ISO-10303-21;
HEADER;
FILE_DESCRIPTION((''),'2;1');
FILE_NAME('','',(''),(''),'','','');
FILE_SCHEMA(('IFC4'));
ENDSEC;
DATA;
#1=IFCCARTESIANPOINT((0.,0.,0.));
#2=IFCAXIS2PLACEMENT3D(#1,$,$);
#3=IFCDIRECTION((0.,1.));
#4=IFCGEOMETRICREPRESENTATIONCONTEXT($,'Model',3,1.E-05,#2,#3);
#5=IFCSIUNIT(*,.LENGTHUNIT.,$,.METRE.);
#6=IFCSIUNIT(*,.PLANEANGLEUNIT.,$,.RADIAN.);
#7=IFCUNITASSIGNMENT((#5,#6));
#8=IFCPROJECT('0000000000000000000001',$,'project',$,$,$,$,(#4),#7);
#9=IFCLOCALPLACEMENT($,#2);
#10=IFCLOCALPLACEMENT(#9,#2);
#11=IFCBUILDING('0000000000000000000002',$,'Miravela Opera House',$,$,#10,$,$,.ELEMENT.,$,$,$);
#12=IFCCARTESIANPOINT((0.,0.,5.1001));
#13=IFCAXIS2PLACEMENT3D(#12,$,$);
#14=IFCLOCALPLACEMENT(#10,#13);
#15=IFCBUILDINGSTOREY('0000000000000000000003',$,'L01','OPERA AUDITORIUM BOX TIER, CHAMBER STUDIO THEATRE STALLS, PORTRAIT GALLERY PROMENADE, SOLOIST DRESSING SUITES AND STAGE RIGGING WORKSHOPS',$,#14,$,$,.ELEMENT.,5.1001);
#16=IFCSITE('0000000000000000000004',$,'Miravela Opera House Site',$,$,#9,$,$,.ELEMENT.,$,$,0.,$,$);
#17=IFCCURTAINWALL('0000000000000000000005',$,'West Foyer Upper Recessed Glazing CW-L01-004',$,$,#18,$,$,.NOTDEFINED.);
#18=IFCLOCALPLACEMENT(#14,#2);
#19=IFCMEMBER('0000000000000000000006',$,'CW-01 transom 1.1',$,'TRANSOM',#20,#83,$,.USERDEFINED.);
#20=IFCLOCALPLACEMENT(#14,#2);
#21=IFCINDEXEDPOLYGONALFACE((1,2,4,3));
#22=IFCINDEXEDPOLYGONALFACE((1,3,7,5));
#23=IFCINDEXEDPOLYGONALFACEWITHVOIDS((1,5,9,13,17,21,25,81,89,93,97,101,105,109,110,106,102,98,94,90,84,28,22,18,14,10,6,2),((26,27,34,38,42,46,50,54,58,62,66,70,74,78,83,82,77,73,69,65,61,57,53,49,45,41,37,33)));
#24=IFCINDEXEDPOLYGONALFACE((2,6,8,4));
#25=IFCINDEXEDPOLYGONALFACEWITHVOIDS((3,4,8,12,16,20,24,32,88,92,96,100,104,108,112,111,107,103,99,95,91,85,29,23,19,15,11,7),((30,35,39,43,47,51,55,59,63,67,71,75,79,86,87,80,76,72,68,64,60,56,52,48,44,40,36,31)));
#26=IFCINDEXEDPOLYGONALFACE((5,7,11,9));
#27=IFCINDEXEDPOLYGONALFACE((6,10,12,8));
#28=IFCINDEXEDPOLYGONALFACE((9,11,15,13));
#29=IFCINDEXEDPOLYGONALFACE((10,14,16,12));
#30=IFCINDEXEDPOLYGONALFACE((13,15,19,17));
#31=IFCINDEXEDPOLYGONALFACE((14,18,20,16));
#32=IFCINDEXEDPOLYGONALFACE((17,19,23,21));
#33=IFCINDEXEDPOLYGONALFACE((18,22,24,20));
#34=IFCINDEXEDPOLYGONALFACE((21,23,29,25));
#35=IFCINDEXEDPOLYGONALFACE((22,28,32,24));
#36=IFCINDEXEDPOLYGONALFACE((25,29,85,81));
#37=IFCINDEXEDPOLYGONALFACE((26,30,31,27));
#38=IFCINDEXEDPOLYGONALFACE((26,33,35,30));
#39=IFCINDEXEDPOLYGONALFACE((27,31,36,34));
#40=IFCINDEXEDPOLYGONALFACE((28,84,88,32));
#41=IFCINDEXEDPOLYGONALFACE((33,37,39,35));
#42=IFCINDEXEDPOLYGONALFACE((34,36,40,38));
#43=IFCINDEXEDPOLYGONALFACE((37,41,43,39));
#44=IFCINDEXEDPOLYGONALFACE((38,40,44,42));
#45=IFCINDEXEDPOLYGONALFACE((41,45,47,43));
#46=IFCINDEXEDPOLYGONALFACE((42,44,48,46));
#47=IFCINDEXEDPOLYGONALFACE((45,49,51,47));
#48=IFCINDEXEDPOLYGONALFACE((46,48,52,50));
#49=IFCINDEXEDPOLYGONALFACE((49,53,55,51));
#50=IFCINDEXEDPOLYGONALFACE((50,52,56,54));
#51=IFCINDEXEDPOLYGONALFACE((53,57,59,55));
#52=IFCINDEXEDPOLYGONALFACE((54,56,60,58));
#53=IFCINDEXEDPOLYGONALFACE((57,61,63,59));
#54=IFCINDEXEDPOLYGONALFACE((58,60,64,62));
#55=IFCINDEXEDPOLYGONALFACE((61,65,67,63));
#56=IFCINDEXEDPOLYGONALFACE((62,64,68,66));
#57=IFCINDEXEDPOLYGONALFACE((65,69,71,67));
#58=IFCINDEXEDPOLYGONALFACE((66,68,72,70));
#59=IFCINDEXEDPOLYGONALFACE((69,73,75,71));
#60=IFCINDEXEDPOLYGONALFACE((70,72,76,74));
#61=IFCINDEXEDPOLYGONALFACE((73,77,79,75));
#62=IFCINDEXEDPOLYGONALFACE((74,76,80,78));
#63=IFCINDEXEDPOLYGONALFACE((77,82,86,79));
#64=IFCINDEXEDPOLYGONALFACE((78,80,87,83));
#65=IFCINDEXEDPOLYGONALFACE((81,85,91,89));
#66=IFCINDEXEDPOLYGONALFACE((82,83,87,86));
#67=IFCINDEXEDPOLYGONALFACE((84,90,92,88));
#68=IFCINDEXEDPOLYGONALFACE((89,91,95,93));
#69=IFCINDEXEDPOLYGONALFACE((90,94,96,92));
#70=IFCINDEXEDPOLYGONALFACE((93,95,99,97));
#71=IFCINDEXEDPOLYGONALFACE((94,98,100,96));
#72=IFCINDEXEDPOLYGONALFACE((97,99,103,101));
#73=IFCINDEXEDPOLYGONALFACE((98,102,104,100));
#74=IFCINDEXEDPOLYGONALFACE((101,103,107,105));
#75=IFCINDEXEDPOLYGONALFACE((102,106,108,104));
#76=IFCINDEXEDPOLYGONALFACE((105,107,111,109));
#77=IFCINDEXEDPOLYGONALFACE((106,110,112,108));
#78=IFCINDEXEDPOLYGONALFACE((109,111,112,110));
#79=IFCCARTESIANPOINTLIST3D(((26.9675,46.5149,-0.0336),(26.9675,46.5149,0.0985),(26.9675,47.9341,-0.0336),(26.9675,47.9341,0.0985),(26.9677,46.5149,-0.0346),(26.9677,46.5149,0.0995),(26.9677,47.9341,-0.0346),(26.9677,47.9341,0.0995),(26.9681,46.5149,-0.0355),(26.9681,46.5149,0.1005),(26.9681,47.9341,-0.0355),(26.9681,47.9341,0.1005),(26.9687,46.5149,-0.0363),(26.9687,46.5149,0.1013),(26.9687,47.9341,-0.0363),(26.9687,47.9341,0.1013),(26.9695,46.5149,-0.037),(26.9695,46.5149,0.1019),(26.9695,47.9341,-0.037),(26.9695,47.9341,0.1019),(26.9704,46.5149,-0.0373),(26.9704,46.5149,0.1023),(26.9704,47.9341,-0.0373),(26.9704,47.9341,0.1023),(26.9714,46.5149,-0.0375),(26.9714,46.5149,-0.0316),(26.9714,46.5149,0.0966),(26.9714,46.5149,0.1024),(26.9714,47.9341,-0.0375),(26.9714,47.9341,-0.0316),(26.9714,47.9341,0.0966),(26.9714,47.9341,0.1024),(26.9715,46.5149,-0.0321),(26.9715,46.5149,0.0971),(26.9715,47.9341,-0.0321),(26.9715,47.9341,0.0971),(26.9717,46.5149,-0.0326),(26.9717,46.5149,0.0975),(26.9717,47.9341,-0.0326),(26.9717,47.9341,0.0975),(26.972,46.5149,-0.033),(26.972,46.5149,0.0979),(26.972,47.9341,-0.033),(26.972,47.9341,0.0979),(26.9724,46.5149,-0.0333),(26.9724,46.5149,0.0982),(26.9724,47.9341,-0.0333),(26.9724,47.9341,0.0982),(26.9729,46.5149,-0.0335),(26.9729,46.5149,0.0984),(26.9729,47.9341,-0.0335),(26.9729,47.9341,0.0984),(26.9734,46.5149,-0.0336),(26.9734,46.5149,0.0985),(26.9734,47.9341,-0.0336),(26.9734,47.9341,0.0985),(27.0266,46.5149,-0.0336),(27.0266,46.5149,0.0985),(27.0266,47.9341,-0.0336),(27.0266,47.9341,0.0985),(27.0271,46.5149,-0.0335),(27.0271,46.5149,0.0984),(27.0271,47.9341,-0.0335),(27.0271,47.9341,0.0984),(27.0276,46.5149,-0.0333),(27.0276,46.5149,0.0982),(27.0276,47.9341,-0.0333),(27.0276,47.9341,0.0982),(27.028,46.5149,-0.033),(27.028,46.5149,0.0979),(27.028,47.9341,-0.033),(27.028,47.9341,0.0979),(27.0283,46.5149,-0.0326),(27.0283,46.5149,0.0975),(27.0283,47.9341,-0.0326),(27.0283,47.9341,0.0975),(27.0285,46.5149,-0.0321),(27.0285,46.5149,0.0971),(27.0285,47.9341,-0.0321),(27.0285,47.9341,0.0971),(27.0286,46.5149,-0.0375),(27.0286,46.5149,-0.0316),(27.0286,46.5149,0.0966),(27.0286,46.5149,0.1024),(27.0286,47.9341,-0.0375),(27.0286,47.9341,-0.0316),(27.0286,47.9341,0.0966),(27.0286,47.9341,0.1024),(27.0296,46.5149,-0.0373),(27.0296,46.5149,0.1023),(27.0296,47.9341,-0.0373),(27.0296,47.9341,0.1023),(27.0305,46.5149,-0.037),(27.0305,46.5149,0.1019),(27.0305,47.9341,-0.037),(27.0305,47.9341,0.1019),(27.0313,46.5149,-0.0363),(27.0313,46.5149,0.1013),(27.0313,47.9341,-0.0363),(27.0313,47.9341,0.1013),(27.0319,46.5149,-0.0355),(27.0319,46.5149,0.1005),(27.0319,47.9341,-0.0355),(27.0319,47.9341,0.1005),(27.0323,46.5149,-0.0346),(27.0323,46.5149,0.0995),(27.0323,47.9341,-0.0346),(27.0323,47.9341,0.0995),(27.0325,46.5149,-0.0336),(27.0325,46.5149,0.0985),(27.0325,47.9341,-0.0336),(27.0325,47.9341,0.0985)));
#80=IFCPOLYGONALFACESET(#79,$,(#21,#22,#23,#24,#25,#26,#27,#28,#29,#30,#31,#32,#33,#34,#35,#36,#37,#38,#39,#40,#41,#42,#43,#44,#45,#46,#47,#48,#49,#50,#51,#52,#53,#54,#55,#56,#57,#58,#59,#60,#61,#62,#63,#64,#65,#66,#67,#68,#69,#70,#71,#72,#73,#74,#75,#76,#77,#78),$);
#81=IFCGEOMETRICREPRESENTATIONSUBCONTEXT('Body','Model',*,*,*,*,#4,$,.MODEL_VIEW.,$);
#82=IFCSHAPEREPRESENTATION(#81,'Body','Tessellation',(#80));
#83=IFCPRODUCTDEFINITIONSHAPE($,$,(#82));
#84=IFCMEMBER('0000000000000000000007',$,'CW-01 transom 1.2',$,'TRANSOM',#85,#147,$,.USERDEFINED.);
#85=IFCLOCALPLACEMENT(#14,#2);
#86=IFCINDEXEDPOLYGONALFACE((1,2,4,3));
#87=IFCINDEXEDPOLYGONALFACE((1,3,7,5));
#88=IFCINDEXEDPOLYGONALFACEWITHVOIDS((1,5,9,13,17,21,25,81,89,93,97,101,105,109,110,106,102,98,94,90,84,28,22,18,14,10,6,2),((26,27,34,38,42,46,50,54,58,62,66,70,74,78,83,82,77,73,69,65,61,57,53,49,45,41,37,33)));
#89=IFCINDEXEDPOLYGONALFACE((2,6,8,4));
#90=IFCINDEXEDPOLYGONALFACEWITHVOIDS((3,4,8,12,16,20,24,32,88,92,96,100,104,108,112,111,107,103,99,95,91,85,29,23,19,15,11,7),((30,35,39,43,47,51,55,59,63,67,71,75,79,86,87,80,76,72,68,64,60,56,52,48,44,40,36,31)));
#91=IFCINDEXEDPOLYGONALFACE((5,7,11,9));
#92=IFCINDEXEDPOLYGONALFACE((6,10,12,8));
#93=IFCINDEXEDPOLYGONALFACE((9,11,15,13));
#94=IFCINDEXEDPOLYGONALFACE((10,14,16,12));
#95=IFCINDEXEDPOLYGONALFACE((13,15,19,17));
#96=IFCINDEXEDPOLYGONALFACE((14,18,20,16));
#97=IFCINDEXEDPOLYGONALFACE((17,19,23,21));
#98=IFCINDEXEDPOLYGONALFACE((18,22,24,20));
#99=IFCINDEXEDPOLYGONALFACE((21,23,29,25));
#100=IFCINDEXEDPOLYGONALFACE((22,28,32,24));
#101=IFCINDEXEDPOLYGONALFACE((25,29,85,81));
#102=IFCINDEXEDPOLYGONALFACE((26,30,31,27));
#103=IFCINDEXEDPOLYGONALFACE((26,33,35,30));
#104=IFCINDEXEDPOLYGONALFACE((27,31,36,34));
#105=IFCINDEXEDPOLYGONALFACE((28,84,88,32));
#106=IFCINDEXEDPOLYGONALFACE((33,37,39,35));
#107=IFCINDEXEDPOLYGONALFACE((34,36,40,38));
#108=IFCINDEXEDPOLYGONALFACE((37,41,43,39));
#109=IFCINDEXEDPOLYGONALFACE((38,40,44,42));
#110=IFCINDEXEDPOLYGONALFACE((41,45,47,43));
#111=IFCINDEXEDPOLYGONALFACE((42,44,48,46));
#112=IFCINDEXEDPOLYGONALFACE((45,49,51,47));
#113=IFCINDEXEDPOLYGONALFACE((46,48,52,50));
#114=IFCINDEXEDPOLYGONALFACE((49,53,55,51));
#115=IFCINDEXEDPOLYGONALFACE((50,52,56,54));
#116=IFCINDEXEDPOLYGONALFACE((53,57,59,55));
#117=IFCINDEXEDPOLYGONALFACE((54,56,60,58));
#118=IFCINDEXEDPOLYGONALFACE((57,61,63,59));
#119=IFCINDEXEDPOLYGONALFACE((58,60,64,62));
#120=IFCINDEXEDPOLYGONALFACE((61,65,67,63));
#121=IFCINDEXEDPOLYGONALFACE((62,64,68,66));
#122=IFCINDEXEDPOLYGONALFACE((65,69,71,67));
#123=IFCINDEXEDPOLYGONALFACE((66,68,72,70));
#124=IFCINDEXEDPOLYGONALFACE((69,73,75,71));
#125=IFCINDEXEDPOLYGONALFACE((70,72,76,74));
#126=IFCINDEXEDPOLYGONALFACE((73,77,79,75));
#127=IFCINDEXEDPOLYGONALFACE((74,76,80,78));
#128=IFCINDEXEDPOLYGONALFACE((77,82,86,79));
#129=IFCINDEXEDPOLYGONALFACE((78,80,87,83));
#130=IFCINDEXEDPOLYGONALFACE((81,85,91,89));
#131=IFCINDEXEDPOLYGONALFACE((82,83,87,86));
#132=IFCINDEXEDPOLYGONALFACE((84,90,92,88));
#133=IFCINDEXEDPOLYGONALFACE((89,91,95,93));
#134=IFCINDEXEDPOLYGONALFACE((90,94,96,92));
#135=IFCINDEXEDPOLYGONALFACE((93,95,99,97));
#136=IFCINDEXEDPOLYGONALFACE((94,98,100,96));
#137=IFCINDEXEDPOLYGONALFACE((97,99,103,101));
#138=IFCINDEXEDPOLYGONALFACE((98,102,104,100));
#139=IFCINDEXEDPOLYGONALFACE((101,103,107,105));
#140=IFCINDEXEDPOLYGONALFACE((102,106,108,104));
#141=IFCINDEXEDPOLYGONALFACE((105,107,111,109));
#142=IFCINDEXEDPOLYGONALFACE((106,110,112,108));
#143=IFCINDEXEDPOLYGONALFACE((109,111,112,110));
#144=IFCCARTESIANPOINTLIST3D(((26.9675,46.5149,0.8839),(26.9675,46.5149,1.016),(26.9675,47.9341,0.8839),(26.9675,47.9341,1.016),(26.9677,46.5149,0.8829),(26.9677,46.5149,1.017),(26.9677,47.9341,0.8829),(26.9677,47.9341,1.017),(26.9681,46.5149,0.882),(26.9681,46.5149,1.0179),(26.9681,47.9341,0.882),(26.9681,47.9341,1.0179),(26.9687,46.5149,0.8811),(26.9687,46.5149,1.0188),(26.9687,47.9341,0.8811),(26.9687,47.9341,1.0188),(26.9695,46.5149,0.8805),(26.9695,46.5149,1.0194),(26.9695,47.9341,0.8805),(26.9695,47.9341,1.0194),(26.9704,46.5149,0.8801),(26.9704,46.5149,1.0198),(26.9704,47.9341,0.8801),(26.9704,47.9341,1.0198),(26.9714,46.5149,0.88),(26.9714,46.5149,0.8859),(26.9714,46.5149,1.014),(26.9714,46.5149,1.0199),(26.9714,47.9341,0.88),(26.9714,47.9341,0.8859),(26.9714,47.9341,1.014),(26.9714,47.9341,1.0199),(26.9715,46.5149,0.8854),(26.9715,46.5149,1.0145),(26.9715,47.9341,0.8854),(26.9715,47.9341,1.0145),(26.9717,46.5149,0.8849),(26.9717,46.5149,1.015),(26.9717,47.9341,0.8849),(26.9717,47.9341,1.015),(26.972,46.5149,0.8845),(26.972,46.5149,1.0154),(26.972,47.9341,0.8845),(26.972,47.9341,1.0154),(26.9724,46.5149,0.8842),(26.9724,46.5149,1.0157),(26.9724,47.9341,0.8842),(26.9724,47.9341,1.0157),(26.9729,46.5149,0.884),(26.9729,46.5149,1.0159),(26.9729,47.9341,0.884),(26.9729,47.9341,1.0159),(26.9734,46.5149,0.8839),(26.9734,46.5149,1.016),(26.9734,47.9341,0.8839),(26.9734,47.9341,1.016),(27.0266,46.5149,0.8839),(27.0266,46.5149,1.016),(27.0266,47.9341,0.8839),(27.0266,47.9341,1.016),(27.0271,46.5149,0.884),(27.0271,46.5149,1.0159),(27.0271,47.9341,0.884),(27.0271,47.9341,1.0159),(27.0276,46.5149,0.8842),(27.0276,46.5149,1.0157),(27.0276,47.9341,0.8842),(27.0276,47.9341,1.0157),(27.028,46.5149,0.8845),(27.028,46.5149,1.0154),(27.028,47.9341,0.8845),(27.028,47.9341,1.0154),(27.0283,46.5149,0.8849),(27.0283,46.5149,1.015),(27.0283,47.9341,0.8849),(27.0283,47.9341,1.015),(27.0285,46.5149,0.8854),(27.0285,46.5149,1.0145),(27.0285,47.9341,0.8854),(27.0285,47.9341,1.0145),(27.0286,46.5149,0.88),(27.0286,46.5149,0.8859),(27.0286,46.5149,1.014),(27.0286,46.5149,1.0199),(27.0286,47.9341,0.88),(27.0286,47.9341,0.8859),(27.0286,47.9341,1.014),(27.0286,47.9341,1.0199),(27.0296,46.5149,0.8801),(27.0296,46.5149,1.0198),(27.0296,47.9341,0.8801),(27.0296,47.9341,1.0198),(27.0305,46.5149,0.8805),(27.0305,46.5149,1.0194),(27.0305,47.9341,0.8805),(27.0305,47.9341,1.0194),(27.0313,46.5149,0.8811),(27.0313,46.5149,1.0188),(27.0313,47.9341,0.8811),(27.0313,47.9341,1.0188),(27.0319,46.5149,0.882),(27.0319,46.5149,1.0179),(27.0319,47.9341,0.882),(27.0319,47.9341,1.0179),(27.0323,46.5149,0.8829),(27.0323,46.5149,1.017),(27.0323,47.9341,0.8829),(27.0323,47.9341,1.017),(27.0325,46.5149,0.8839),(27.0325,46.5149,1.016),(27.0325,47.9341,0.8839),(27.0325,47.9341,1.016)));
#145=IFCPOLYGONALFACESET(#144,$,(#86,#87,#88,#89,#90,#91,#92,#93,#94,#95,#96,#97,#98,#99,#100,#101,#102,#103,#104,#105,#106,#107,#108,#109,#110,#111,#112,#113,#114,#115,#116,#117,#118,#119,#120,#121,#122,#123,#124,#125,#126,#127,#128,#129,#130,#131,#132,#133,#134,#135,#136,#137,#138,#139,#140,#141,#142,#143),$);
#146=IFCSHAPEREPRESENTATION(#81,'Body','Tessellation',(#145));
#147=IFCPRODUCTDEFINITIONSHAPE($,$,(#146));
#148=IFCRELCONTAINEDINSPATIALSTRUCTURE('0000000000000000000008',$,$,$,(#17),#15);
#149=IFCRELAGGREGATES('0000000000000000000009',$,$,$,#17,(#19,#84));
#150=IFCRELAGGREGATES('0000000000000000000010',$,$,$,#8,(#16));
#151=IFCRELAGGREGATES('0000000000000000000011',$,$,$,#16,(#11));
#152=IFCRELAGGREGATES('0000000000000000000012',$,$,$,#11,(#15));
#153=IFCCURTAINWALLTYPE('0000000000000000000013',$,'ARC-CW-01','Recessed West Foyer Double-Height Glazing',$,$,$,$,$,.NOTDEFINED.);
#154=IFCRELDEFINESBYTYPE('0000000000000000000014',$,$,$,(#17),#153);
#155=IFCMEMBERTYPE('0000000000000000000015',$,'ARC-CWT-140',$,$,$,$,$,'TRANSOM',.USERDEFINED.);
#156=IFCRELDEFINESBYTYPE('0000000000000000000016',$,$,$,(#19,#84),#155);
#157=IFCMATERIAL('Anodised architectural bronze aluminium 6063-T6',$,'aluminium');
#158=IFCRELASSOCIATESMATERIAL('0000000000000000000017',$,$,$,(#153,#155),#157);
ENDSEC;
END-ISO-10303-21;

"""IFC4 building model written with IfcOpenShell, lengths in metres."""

from ifc_helpers import new_model, si_unit, direction, frame, origin, origin_2d, place, context, subcontext, project, spatial, hollow_rectangle, extrude, material, material_profile, profile_set, type_object, element, aggregate, save


model = new_model("IFC4")

# Units and contexts
model_context = context("Model", 3, precision=1e-05, world=origin(), true_north=direction((0.0, 1.0)))
body_context = subcontext(model_context, "Body", "Model", "MODEL_VIEW")
ifc_project = project(units=[si_unit("LENGTHUNIT", "METRE"), si_unit("PLANEANGLEUNIT", "RADIAN")], contexts=[model_context])

# Site, building, storey
site_placement = place(None, origin())
site = spatial("IfcSite", under=ifc_project, at=site_placement, Name="Miravela Opera House Site", CompositionType="ELEMENT", RefElevation=0.0)
building_placement = place(site_placement, origin())
building = spatial("IfcBuilding", under=site, at=building_placement, Name="Miravela Opera House", CompositionType="ELEMENT")
storey_placement = place(building_placement, frame((0.0, 0.0, 5.1001)))
storey = spatial("IfcBuildingStorey", under=building, at=storey_placement, Name="L01", Description="OPERA AUDITORIUM BOX TIER, CHAMBER STUDIO THEATRE STALLS, PORTRAIT GALLERY PROMENADE, SOLOIST DRESSING SUITES AND STAGE RIGGING WORKSHOPS", CompositionType="ELEMENT", Elevation=5.1001)

# Curtain wall
ifc_material_1 = material(Name="Anodised architectural bronze aluminium 6063-T6", Category="aluminium")
curtain_wall_type = type_object("IfcCurtainWallType", Name="ARC-CW-01", Description="Recessed West Foyer Double-Height Glazing", PredefinedType="NOTDEFINED", material=ifc_material_1)
curtain_wall_1_placement = place(storey_placement, origin())
curtain_wall_1 = element("IfcCurtainWall", 1, at=curtain_wall_1_placement, inside=storey, type_object=curtain_wall_type, Name="West Foyer Upper Recessed Glazing CW-L01-004", PredefinedType="NOTDEFINED")

# Members
ifc_material_profile_1 = material_profile(ifc_material_1, hollow_rectangle(XDim=0.0649, YDim=0.1399, WallThickness=0.0039, InnerFilletRadius=0.002, OuterFilletRadius=0.0039, at=origin_2d()), Name="CWT-65X140")
ifc_profile_set_1 = profile_set([ifc_material_profile_1])
member_type_1 = type_object("IfcMemberType", Name="ARC-CWT-140", ElementType="TRANSOM", PredefinedType="USERDEFINED", material=ifc_profile_set_1)
member_1_placement = place(storey_placement, frame((27.0, 46.5149, 0.0325), z_axis=(0.0, 1.0, 0.0), x_axis=(-1.0, 0.0, 0.0)))
member_1 = element("IfcMember", 2, at=member_1_placement, type_object=member_type_1, Name="CW-01 transom 1.1", ObjectType="TRANSOM", PredefinedType="USERDEFINED", context=body_context, shape_type="SweptSolid", body=[
    extrude(hollow_rectangle(XDim=0.0649, YDim=0.1399, WallThickness=0.0039, InnerFilletRadius=0.002, OuterFilletRadius=0.0039, at=origin_2d()), origin(), (0.0, 0.0, 1.0), 1.4192),
])
member_2_placement = place(storey_placement, frame((27.0, 46.5149, 0.95), z_axis=(0.0, 1.0, 0.0), x_axis=(-1.0, 0.0, 0.0)))
member_2 = element("IfcMember", 3, at=member_2_placement, type_object=member_type_1, Name="CW-01 transom 1.2", ObjectType="TRANSOM", PredefinedType="USERDEFINED", context=body_context, shape_type="SweptSolid", body=[
    extrude(hollow_rectangle(XDim=0.0649, YDim=0.1399, WallThickness=0.0039, InnerFilletRadius=0.002, OuterFilletRadius=0.0039, at=origin_2d()), origin(), (0.0, 0.0, 1.0), 1.4192),
])

aggregate(curtain_wall_1, [member_1, member_2])

save(model, "model.ifc")
